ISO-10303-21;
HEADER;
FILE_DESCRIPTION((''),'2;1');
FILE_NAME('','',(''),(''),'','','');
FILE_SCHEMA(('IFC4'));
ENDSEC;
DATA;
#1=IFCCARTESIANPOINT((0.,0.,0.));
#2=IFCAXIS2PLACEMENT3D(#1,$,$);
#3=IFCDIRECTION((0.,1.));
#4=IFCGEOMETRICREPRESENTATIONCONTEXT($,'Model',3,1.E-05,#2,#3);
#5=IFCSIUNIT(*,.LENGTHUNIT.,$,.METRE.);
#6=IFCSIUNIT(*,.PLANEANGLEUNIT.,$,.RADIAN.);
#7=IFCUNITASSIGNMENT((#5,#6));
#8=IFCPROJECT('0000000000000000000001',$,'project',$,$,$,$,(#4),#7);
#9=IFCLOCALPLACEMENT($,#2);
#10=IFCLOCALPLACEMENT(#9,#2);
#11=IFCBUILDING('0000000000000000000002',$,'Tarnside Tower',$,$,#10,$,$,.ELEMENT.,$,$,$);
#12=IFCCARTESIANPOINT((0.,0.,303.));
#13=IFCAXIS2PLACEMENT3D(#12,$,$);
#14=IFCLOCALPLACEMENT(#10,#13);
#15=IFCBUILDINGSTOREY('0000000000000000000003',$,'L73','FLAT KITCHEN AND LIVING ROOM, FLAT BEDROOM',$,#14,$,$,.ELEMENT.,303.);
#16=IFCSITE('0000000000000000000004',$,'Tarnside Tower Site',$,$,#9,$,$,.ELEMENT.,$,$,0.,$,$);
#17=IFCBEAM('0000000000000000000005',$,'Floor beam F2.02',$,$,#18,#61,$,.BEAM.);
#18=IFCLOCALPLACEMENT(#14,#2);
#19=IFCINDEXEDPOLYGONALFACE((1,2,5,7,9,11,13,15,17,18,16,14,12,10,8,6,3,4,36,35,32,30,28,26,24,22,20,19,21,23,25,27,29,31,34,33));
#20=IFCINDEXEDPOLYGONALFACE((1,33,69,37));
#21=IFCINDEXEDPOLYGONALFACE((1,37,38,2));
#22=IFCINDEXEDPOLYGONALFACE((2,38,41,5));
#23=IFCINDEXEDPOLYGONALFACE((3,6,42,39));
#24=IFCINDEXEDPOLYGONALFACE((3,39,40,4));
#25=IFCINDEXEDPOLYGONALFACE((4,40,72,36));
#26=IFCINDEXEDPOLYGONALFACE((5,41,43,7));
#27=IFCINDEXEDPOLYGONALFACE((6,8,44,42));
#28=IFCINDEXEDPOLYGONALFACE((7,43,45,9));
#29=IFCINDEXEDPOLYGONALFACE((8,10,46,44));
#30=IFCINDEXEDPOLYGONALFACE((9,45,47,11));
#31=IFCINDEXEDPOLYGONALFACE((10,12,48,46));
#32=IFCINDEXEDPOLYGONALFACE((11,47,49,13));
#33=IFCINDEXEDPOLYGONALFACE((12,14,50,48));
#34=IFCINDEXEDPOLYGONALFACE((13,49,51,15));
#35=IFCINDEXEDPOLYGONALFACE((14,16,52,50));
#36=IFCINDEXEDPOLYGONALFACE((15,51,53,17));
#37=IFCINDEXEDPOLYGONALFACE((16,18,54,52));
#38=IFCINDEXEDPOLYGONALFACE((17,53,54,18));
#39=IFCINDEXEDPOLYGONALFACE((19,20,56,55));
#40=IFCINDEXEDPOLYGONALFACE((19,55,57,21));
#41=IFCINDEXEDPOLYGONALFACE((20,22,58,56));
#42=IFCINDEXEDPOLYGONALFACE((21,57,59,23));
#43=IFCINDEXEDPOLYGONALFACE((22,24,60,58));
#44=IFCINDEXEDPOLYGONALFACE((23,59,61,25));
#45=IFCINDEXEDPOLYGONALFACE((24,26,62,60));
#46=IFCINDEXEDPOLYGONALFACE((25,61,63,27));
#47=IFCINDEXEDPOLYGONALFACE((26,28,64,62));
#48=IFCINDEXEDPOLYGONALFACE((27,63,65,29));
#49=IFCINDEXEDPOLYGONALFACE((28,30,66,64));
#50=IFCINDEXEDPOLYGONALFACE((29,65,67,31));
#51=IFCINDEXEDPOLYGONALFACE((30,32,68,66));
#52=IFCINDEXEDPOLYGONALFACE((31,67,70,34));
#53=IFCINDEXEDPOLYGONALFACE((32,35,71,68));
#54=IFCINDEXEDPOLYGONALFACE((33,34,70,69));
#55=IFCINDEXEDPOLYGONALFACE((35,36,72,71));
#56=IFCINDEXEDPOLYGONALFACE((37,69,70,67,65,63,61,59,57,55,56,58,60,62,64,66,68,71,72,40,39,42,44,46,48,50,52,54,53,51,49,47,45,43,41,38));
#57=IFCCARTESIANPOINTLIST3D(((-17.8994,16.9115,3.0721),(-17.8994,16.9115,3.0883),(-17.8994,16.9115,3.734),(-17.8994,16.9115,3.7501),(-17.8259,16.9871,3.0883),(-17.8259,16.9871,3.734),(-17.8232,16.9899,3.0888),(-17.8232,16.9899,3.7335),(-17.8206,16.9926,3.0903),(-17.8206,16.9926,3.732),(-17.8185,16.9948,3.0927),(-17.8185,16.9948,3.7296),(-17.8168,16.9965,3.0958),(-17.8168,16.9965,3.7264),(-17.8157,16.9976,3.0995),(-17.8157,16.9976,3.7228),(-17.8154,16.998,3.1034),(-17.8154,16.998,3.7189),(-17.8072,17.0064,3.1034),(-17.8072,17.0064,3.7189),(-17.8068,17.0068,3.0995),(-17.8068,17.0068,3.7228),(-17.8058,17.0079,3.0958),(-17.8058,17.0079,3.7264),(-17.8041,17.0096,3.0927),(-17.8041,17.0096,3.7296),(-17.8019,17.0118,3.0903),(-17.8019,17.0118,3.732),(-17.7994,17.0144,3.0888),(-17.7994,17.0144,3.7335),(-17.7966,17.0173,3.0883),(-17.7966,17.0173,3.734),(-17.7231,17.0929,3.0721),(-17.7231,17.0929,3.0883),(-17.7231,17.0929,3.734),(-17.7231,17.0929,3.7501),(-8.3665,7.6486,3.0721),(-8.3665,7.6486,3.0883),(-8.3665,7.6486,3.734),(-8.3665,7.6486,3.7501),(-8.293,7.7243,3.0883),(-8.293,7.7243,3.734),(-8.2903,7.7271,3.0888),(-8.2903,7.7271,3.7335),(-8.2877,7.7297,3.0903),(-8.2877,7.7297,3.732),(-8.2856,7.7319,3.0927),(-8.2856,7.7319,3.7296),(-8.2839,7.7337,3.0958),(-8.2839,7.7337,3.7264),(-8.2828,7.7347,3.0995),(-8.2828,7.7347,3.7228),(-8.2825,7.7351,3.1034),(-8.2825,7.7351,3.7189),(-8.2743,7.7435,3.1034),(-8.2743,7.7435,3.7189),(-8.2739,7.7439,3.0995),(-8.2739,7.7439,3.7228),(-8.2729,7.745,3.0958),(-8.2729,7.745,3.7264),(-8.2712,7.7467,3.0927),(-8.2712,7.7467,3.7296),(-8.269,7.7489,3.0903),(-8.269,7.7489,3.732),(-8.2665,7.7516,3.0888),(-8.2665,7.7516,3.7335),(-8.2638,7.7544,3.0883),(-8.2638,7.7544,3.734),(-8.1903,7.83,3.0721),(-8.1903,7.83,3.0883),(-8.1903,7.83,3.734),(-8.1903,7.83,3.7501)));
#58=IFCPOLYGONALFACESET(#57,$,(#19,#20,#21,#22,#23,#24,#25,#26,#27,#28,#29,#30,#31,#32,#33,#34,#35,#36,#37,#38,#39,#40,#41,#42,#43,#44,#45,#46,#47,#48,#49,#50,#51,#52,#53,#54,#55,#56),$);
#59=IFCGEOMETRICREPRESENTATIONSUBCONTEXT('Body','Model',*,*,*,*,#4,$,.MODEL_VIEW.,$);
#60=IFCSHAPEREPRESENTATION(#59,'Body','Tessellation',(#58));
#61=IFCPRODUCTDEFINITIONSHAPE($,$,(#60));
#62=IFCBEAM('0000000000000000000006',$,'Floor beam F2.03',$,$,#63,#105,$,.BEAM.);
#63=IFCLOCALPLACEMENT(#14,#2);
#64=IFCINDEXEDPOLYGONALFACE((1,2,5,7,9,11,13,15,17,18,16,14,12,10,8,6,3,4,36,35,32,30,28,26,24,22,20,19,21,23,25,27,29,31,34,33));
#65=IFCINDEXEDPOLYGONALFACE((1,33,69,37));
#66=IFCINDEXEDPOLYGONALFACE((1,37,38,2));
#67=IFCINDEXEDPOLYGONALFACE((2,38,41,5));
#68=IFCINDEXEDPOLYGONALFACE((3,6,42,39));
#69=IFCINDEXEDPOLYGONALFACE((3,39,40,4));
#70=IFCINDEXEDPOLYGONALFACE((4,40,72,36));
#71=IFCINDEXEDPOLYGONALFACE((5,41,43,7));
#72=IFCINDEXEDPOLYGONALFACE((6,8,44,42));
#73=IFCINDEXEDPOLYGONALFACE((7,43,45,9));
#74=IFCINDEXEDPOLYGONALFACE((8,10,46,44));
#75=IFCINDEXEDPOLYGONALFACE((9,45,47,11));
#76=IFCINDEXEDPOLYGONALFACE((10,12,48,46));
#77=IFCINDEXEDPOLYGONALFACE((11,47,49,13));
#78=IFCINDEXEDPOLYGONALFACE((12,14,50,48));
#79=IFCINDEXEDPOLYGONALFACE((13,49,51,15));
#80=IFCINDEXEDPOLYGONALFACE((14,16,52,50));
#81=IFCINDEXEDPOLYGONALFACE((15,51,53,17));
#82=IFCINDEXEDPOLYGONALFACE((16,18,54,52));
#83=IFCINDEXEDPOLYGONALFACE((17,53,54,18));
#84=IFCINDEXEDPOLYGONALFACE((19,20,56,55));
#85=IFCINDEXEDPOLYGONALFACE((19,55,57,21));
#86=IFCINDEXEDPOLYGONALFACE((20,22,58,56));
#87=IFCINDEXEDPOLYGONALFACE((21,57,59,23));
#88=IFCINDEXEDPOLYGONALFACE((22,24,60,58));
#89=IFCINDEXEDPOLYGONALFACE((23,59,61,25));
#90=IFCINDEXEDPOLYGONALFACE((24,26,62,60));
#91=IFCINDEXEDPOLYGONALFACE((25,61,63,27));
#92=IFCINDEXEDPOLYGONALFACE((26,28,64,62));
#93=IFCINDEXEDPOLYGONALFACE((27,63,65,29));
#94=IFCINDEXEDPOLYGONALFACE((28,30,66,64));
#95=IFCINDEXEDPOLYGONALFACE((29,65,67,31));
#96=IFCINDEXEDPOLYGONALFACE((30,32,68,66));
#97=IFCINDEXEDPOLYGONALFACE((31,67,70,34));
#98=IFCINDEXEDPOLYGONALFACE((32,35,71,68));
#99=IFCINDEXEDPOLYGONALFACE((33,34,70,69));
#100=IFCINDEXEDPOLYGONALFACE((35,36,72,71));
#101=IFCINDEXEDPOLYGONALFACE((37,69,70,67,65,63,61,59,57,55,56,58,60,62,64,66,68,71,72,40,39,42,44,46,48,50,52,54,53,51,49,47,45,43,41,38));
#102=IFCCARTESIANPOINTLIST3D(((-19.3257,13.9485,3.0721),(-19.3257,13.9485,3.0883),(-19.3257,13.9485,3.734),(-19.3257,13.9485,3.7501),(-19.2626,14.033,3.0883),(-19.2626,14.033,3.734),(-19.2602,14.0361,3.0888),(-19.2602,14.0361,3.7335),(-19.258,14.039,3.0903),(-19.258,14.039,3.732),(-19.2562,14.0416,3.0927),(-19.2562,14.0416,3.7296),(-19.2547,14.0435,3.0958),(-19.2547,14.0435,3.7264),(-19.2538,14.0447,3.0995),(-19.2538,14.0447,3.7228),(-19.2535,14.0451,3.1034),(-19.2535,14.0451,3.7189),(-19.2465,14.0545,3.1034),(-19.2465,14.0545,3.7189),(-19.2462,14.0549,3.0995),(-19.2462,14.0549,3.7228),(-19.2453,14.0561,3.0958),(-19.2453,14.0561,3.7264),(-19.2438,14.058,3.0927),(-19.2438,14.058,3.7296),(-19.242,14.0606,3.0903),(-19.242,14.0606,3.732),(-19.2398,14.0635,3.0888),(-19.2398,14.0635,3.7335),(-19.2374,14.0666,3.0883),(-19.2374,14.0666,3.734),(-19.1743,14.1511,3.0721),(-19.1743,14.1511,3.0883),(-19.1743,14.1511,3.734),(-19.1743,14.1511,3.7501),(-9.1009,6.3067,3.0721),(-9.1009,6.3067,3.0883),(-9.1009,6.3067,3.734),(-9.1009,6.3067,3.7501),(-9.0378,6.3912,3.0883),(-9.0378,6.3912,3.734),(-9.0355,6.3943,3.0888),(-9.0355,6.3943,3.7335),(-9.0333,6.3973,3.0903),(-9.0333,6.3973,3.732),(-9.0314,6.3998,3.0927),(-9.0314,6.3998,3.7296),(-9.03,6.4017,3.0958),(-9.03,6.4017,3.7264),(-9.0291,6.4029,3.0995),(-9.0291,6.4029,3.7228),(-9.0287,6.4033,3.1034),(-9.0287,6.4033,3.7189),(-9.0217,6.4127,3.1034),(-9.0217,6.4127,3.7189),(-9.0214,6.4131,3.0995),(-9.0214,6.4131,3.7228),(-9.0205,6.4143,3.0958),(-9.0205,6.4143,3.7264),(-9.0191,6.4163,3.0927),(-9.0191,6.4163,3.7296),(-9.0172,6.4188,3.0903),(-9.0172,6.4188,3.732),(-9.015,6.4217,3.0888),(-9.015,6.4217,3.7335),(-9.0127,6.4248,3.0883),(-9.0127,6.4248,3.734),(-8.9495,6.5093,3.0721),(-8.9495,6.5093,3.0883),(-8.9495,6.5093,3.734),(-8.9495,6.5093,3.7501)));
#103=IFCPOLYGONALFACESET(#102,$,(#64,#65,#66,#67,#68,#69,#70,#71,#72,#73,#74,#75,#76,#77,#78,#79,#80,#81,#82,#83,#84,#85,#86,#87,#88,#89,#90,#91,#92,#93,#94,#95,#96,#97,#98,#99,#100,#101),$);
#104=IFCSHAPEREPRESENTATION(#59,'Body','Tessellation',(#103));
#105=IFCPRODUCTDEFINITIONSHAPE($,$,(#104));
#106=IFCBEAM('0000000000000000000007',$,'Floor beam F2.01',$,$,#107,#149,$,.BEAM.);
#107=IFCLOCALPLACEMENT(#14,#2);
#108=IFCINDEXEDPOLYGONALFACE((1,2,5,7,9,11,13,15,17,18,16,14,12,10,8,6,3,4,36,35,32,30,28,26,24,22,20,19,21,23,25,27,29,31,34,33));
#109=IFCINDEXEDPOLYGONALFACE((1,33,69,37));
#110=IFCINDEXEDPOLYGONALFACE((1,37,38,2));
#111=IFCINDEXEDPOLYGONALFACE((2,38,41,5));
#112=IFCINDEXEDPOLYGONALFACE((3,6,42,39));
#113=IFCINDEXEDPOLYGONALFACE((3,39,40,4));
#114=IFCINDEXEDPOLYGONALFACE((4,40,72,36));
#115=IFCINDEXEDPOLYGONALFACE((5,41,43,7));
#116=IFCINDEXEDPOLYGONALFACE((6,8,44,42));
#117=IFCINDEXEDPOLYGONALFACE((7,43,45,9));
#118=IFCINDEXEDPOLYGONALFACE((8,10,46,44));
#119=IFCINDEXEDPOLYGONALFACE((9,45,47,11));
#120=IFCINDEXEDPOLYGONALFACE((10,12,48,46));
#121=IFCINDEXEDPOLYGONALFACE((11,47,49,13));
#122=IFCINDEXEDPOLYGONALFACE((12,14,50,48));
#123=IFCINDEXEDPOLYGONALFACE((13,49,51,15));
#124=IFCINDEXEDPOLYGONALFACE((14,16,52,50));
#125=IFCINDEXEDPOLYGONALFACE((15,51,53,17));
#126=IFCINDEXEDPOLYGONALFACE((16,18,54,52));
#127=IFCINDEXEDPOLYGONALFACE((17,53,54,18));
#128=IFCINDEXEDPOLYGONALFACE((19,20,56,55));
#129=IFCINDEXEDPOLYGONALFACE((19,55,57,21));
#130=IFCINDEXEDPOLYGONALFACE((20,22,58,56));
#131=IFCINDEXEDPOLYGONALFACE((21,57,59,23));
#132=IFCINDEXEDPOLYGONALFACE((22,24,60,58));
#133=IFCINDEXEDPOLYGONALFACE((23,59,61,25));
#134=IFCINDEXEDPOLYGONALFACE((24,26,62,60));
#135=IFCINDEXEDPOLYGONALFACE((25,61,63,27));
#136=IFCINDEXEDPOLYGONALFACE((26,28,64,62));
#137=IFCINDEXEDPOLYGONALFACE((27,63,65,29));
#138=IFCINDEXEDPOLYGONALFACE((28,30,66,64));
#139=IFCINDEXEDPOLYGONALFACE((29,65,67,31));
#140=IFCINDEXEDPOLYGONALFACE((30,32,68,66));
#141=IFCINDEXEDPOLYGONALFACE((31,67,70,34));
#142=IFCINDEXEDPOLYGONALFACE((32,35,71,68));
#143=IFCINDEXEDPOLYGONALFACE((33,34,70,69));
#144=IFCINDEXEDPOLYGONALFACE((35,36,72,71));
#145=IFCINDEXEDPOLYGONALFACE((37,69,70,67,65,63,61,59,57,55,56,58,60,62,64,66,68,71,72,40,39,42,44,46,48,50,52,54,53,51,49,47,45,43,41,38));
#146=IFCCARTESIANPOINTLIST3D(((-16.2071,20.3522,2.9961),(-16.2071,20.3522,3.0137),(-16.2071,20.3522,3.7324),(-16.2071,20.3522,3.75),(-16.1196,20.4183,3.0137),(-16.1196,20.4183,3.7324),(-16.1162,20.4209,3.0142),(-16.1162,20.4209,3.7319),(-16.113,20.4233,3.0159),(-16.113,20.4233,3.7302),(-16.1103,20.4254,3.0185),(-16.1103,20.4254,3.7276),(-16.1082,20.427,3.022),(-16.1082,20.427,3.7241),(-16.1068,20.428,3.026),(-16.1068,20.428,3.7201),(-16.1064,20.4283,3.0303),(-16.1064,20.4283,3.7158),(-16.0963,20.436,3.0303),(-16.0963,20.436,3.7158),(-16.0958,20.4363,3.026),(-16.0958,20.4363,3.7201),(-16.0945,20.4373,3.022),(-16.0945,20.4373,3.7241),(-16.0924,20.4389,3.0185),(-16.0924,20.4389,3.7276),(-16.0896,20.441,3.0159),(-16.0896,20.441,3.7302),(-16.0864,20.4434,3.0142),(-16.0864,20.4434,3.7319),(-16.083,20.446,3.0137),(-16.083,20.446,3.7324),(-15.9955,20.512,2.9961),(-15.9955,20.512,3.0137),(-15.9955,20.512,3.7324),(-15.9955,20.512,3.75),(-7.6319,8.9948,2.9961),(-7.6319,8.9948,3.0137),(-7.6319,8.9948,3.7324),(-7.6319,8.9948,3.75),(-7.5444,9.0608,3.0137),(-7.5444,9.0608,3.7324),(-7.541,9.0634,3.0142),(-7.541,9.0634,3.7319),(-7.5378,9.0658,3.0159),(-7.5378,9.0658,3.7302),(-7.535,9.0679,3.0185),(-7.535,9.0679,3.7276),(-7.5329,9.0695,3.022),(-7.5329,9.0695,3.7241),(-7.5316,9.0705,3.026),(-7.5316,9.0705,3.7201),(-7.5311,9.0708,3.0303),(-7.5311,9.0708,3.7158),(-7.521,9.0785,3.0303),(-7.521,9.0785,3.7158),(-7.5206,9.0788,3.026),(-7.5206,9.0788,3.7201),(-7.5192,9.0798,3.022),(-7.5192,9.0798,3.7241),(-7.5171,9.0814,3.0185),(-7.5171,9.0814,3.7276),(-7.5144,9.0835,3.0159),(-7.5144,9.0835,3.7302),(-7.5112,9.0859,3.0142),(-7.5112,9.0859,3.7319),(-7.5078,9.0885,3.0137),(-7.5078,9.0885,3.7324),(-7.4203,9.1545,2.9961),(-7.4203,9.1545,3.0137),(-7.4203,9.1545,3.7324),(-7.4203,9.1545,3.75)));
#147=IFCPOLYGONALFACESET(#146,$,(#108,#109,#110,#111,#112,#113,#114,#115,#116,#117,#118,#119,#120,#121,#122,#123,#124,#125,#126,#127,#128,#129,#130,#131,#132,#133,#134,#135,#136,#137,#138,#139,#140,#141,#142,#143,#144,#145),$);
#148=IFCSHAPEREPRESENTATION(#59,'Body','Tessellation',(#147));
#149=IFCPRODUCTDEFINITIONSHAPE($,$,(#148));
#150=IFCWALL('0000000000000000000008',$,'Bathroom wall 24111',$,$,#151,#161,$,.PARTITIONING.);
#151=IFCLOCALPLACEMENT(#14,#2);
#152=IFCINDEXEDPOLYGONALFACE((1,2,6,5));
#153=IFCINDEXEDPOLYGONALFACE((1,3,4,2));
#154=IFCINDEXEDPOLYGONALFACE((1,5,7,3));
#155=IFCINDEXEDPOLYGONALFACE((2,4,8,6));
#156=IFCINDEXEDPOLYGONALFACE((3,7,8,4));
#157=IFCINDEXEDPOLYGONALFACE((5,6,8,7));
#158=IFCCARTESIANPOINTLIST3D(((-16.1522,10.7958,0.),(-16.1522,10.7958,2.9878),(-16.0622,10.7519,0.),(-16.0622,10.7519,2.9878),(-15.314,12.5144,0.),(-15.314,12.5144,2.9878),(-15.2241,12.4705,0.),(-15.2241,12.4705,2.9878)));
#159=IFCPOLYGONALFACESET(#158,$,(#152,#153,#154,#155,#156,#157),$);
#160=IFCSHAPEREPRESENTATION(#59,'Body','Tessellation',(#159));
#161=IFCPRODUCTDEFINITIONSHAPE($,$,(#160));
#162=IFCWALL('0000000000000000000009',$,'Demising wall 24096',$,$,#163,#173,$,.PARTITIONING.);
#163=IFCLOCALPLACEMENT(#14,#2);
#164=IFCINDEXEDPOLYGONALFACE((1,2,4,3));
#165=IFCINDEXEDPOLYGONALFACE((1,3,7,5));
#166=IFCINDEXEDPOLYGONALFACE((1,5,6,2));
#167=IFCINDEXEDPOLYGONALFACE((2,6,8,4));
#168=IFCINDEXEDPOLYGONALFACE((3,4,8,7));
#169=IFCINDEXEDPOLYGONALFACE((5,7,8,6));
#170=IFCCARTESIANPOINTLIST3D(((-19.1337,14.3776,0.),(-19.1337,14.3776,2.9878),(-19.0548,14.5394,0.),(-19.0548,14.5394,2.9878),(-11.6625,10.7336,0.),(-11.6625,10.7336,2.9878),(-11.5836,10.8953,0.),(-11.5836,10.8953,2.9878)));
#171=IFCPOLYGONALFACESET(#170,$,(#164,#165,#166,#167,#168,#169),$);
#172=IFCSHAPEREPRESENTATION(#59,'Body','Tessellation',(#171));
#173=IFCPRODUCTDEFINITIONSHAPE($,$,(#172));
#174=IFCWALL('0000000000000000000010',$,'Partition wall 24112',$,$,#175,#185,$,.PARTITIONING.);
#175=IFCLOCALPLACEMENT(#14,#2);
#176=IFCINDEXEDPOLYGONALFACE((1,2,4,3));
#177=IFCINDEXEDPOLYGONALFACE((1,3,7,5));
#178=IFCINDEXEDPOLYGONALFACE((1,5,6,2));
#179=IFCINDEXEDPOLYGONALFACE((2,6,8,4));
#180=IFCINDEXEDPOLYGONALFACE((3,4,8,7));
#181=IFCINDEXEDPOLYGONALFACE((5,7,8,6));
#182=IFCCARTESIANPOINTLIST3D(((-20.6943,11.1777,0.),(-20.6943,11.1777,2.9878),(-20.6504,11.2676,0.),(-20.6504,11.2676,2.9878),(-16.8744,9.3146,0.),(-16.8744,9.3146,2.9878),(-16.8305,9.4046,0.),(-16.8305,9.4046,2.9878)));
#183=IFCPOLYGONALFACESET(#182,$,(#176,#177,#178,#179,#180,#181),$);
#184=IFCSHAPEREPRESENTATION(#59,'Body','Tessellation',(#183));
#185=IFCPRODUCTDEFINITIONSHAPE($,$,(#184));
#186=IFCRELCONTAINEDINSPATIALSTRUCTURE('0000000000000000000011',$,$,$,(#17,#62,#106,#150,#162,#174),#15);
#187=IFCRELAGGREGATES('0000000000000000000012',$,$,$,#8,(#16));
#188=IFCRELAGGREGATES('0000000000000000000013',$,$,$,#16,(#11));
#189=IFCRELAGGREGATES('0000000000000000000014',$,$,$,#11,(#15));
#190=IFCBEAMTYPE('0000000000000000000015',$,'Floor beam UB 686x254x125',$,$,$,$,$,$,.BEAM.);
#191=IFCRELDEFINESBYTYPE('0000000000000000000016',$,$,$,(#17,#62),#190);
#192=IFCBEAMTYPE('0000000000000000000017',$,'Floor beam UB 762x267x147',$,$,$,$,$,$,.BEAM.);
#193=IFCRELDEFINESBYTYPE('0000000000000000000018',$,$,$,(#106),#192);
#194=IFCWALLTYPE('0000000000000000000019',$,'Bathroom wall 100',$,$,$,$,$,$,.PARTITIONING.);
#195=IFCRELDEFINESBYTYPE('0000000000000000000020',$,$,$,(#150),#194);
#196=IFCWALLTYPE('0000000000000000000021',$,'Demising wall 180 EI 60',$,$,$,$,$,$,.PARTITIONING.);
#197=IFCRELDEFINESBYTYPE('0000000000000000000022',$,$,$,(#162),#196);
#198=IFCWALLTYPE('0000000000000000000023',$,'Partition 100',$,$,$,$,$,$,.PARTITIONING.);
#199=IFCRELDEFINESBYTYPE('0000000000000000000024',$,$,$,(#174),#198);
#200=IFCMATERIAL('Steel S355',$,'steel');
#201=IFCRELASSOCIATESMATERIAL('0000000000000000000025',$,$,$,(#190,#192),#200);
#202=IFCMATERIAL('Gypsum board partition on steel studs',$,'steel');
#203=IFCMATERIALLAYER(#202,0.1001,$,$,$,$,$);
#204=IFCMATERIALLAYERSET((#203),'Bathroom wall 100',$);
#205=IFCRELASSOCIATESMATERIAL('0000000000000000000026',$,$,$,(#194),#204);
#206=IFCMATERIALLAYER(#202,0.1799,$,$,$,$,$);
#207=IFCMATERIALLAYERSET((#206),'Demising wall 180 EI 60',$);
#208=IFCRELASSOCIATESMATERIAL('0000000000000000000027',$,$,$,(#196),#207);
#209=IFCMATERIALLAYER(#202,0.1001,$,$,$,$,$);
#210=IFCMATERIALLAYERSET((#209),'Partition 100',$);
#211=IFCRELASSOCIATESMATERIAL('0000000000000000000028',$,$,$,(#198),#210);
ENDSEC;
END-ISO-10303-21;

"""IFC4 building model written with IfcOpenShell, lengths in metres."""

from ifc_helpers import new_model, si_unit, direction, frame, frame_2d, origin, origin_2d, place, context, subcontext, project, spatial, rectangle, i_section, extrude, material, layer, layer_set, material_profile, profile_set, type_object, element, save


model = new_model("IFC4")

# Units and contexts
model_context = context("Model", 3, precision=1e-05, world=origin(), true_north=direction((0.0, 1.0)))
body_context = subcontext(model_context, "Body", "Model", "MODEL_VIEW")
ifc_project = project(units=[si_unit("LENGTHUNIT", "METRE"), si_unit("PLANEANGLEUNIT", "RADIAN")], contexts=[model_context])

# Site, building, storey
site_placement = place(None, origin())
site = spatial("IfcSite", under=ifc_project, at=site_placement, Name="Tarnside Tower Site", CompositionType="ELEMENT", RefElevation=0.0)
building_placement = place(site_placement, origin())
building = spatial("IfcBuilding", under=site, at=building_placement, Name="Tarnside Tower", CompositionType="ELEMENT")
storey_placement = place(building_placement, frame((0.0, 0.0, 303.0)))
storey = spatial("IfcBuildingStorey", under=building, at=storey_placement, Name="L73", Description="FLAT KITCHEN AND LIVING ROOM, FLAT BEDROOM", CompositionType="ELEMENT", Elevation=303.0)

# Beams
ifc_material_1 = material(Name="Steel S355", Category="steel")
ifc_material_profile_1 = material_profile(ifc_material_1, i_section(OverallWidth=0.2529, OverallDepth=0.678, WebThickness=0.0117, FlangeThickness=0.0161, FilletRadius=0.0151, at=origin_2d()), Name="UB 686x254x125")
ifc_profile_set_1 = profile_set([ifc_material_profile_1], Name="Steel S355")
beam_type_1 = type_object("IfcBeamType", Name="Floor beam UB 686x254x125", PredefinedType="BEAM", material=ifc_profile_set_1)
beam_1_placement = place(storey_placement, frame((-17.8113, 17.0022, 3.4111), z_axis=(0.717191, -0.696877, 0.0), x_axis=(0.696877, 0.717191, 0.0)))
element("IfcBeam", 1, at=beam_1_placement, inside=storey, type_object=beam_type_1, Name="Floor beam F2.02", PredefinedType="BEAM", context=body_context, shape_type="SweptSolid", body=[
    extrude(i_section(OverallWidth=0.2529, OverallDepth=0.678, WebThickness=0.0117, FlangeThickness=0.0161, FilletRadius=0.0151, at=origin_2d()), origin(), (0.0, 0.0, 1.0), 13.292),
])
beam_2_placement = place(storey_placement, frame((-19.25, 14.0498, 3.4111), z_axis=(0.801006, -0.598656, 0.0), x_axis=(0.598656, 0.801006, 0.0)))
element("IfcBeam", 2, at=beam_2_placement, inside=storey, type_object=beam_type_1, Name="Floor beam F2.03", PredefinedType="BEAM", context=body_context, shape_type="SweptSolid", body=[
    extrude(i_section(OverallWidth=0.2529, OverallDepth=0.678, WebThickness=0.0117, FlangeThickness=0.0161, FilletRadius=0.0151, at=origin_2d()), origin(), (0.0, 0.0, 1.0), 12.7649),
])
ifc_material_profile_2 = material_profile(ifc_material_1, i_section(OverallWidth=0.2651, OverallDepth=0.7539, WebThickness=0.0127, FlangeThickness=0.0176, FilletRadius=0.0166, at=origin_2d()), Name="UB 762x267x147")
ifc_profile_set_2 = profile_set([ifc_material_profile_2], Name="Steel S355")
beam_type_2 = type_object("IfcBeamType", Name="Floor beam UB 762x267x147", PredefinedType="BEAM", material=ifc_profile_set_2)
beam_3_placement = place(storey_placement, frame((-16.1013, 20.4321, 3.373), z_axis=(0.602566, -0.798069, 0.0), x_axis=(0.798069, 0.602566, 0.0)))
element("IfcBeam", 3, at=beam_3_placement, inside=storey, type_object=beam_type_2, Name="Floor beam F2.01", PredefinedType="BEAM", context=body_context, shape_type="SweptSolid", body=[
    extrude(i_section(OverallWidth=0.2651, OverallDepth=0.7539, WebThickness=0.0127, FlangeThickness=0.0176, FilletRadius=0.0166, at=origin_2d()), origin(), (0.0, 0.0, 1.0), 14.2312),
])

# Walls
ifc_material_2 = material(Name="Gypsum board partition on steel studs", Category="steel")
ifc_layer_1 = layer(ifc_material_2, 0.1001)
ifc_layer_set_1 = layer_set([ifc_layer_1], Name="Bathroom wall 100")
wall_type_1 = type_object("IfcWallType", Name="Bathroom wall 100", PredefinedType="PARTITIONING", material=ifc_layer_set_1)
wall_1_placement = place(storey_placement, frame((-15.269, 12.4924, 0.0), z_axis=(0.0, 0.0, 1.0), x_axis=(-0.438356, -0.898802, 0.0)))
element("IfcWall", 4, at=wall_1_placement, inside=storey, type_object=wall_type_1, Name="Bathroom wall 24111", PredefinedType="PARTITIONING", context=body_context, shape_type="SweptSolid", body=[
    extrude(rectangle(XDim=1.9121, YDim=0.1001, at=frame_2d((0.9561, 0.0))), origin(), (0.0, 0.0, 1.0), 2.9878),
])
ifc_layer_2 = layer(ifc_material_2, 0.1799)
ifc_layer_set_2 = layer_set([ifc_layer_2], Name="Demising wall 180 EI 60")
wall_type_2 = type_object("IfcWallType", Name="Demising wall 180 EI 60", PredefinedType="PARTITIONING", material=ifc_layer_set_2)
wall_2_placement = place(storey_placement, frame((-19.0942, 14.4585, 0.0), z_axis=(0.0, 0.0, 1.0), x_axis=(0.898789, -0.438381, 0.0)))
element("IfcWall", 5, at=wall_2_placement, inside=storey, type_object=wall_type_2, Name="Demising wall 24096", PredefinedType="PARTITIONING", context=body_context, shape_type="SweptSolid", body=[
    extrude(rectangle(XDim=8.3125, YDim=0.1799, at=frame_2d((4.1562, 0.0))), origin(), (0.0, 0.0, 1.0), 2.9878),
])
ifc_layer_3 = layer(ifc_material_2, 0.1001)
ifc_layer_set_3 = layer_set([ifc_layer_3], Name="Partition 100")
wall_type_3 = type_object("IfcWallType", Name="Partition 100", PredefinedType="PARTITIONING", material=ifc_layer_set_3)
wall_3_placement = place(storey_placement, frame((-20.6724, 11.2227, 0.0), z_axis=(0.0, 0.0, 1.0), x_axis=(0.898795, -0.438368, 0.0)))
element("IfcWall", 6, at=wall_3_placement, inside=storey, type_object=wall_type_3, Name="Partition wall 24112", PredefinedType="PARTITIONING", context=body_context, shape_type="SweptSolid", body=[
    extrude(rectangle(XDim=4.25, YDim=0.1001, at=frame_2d((2.125, 0.0))), origin(), (0.0, 0.0, 1.0), 2.9878),
])

save(model, "model.ifc")
